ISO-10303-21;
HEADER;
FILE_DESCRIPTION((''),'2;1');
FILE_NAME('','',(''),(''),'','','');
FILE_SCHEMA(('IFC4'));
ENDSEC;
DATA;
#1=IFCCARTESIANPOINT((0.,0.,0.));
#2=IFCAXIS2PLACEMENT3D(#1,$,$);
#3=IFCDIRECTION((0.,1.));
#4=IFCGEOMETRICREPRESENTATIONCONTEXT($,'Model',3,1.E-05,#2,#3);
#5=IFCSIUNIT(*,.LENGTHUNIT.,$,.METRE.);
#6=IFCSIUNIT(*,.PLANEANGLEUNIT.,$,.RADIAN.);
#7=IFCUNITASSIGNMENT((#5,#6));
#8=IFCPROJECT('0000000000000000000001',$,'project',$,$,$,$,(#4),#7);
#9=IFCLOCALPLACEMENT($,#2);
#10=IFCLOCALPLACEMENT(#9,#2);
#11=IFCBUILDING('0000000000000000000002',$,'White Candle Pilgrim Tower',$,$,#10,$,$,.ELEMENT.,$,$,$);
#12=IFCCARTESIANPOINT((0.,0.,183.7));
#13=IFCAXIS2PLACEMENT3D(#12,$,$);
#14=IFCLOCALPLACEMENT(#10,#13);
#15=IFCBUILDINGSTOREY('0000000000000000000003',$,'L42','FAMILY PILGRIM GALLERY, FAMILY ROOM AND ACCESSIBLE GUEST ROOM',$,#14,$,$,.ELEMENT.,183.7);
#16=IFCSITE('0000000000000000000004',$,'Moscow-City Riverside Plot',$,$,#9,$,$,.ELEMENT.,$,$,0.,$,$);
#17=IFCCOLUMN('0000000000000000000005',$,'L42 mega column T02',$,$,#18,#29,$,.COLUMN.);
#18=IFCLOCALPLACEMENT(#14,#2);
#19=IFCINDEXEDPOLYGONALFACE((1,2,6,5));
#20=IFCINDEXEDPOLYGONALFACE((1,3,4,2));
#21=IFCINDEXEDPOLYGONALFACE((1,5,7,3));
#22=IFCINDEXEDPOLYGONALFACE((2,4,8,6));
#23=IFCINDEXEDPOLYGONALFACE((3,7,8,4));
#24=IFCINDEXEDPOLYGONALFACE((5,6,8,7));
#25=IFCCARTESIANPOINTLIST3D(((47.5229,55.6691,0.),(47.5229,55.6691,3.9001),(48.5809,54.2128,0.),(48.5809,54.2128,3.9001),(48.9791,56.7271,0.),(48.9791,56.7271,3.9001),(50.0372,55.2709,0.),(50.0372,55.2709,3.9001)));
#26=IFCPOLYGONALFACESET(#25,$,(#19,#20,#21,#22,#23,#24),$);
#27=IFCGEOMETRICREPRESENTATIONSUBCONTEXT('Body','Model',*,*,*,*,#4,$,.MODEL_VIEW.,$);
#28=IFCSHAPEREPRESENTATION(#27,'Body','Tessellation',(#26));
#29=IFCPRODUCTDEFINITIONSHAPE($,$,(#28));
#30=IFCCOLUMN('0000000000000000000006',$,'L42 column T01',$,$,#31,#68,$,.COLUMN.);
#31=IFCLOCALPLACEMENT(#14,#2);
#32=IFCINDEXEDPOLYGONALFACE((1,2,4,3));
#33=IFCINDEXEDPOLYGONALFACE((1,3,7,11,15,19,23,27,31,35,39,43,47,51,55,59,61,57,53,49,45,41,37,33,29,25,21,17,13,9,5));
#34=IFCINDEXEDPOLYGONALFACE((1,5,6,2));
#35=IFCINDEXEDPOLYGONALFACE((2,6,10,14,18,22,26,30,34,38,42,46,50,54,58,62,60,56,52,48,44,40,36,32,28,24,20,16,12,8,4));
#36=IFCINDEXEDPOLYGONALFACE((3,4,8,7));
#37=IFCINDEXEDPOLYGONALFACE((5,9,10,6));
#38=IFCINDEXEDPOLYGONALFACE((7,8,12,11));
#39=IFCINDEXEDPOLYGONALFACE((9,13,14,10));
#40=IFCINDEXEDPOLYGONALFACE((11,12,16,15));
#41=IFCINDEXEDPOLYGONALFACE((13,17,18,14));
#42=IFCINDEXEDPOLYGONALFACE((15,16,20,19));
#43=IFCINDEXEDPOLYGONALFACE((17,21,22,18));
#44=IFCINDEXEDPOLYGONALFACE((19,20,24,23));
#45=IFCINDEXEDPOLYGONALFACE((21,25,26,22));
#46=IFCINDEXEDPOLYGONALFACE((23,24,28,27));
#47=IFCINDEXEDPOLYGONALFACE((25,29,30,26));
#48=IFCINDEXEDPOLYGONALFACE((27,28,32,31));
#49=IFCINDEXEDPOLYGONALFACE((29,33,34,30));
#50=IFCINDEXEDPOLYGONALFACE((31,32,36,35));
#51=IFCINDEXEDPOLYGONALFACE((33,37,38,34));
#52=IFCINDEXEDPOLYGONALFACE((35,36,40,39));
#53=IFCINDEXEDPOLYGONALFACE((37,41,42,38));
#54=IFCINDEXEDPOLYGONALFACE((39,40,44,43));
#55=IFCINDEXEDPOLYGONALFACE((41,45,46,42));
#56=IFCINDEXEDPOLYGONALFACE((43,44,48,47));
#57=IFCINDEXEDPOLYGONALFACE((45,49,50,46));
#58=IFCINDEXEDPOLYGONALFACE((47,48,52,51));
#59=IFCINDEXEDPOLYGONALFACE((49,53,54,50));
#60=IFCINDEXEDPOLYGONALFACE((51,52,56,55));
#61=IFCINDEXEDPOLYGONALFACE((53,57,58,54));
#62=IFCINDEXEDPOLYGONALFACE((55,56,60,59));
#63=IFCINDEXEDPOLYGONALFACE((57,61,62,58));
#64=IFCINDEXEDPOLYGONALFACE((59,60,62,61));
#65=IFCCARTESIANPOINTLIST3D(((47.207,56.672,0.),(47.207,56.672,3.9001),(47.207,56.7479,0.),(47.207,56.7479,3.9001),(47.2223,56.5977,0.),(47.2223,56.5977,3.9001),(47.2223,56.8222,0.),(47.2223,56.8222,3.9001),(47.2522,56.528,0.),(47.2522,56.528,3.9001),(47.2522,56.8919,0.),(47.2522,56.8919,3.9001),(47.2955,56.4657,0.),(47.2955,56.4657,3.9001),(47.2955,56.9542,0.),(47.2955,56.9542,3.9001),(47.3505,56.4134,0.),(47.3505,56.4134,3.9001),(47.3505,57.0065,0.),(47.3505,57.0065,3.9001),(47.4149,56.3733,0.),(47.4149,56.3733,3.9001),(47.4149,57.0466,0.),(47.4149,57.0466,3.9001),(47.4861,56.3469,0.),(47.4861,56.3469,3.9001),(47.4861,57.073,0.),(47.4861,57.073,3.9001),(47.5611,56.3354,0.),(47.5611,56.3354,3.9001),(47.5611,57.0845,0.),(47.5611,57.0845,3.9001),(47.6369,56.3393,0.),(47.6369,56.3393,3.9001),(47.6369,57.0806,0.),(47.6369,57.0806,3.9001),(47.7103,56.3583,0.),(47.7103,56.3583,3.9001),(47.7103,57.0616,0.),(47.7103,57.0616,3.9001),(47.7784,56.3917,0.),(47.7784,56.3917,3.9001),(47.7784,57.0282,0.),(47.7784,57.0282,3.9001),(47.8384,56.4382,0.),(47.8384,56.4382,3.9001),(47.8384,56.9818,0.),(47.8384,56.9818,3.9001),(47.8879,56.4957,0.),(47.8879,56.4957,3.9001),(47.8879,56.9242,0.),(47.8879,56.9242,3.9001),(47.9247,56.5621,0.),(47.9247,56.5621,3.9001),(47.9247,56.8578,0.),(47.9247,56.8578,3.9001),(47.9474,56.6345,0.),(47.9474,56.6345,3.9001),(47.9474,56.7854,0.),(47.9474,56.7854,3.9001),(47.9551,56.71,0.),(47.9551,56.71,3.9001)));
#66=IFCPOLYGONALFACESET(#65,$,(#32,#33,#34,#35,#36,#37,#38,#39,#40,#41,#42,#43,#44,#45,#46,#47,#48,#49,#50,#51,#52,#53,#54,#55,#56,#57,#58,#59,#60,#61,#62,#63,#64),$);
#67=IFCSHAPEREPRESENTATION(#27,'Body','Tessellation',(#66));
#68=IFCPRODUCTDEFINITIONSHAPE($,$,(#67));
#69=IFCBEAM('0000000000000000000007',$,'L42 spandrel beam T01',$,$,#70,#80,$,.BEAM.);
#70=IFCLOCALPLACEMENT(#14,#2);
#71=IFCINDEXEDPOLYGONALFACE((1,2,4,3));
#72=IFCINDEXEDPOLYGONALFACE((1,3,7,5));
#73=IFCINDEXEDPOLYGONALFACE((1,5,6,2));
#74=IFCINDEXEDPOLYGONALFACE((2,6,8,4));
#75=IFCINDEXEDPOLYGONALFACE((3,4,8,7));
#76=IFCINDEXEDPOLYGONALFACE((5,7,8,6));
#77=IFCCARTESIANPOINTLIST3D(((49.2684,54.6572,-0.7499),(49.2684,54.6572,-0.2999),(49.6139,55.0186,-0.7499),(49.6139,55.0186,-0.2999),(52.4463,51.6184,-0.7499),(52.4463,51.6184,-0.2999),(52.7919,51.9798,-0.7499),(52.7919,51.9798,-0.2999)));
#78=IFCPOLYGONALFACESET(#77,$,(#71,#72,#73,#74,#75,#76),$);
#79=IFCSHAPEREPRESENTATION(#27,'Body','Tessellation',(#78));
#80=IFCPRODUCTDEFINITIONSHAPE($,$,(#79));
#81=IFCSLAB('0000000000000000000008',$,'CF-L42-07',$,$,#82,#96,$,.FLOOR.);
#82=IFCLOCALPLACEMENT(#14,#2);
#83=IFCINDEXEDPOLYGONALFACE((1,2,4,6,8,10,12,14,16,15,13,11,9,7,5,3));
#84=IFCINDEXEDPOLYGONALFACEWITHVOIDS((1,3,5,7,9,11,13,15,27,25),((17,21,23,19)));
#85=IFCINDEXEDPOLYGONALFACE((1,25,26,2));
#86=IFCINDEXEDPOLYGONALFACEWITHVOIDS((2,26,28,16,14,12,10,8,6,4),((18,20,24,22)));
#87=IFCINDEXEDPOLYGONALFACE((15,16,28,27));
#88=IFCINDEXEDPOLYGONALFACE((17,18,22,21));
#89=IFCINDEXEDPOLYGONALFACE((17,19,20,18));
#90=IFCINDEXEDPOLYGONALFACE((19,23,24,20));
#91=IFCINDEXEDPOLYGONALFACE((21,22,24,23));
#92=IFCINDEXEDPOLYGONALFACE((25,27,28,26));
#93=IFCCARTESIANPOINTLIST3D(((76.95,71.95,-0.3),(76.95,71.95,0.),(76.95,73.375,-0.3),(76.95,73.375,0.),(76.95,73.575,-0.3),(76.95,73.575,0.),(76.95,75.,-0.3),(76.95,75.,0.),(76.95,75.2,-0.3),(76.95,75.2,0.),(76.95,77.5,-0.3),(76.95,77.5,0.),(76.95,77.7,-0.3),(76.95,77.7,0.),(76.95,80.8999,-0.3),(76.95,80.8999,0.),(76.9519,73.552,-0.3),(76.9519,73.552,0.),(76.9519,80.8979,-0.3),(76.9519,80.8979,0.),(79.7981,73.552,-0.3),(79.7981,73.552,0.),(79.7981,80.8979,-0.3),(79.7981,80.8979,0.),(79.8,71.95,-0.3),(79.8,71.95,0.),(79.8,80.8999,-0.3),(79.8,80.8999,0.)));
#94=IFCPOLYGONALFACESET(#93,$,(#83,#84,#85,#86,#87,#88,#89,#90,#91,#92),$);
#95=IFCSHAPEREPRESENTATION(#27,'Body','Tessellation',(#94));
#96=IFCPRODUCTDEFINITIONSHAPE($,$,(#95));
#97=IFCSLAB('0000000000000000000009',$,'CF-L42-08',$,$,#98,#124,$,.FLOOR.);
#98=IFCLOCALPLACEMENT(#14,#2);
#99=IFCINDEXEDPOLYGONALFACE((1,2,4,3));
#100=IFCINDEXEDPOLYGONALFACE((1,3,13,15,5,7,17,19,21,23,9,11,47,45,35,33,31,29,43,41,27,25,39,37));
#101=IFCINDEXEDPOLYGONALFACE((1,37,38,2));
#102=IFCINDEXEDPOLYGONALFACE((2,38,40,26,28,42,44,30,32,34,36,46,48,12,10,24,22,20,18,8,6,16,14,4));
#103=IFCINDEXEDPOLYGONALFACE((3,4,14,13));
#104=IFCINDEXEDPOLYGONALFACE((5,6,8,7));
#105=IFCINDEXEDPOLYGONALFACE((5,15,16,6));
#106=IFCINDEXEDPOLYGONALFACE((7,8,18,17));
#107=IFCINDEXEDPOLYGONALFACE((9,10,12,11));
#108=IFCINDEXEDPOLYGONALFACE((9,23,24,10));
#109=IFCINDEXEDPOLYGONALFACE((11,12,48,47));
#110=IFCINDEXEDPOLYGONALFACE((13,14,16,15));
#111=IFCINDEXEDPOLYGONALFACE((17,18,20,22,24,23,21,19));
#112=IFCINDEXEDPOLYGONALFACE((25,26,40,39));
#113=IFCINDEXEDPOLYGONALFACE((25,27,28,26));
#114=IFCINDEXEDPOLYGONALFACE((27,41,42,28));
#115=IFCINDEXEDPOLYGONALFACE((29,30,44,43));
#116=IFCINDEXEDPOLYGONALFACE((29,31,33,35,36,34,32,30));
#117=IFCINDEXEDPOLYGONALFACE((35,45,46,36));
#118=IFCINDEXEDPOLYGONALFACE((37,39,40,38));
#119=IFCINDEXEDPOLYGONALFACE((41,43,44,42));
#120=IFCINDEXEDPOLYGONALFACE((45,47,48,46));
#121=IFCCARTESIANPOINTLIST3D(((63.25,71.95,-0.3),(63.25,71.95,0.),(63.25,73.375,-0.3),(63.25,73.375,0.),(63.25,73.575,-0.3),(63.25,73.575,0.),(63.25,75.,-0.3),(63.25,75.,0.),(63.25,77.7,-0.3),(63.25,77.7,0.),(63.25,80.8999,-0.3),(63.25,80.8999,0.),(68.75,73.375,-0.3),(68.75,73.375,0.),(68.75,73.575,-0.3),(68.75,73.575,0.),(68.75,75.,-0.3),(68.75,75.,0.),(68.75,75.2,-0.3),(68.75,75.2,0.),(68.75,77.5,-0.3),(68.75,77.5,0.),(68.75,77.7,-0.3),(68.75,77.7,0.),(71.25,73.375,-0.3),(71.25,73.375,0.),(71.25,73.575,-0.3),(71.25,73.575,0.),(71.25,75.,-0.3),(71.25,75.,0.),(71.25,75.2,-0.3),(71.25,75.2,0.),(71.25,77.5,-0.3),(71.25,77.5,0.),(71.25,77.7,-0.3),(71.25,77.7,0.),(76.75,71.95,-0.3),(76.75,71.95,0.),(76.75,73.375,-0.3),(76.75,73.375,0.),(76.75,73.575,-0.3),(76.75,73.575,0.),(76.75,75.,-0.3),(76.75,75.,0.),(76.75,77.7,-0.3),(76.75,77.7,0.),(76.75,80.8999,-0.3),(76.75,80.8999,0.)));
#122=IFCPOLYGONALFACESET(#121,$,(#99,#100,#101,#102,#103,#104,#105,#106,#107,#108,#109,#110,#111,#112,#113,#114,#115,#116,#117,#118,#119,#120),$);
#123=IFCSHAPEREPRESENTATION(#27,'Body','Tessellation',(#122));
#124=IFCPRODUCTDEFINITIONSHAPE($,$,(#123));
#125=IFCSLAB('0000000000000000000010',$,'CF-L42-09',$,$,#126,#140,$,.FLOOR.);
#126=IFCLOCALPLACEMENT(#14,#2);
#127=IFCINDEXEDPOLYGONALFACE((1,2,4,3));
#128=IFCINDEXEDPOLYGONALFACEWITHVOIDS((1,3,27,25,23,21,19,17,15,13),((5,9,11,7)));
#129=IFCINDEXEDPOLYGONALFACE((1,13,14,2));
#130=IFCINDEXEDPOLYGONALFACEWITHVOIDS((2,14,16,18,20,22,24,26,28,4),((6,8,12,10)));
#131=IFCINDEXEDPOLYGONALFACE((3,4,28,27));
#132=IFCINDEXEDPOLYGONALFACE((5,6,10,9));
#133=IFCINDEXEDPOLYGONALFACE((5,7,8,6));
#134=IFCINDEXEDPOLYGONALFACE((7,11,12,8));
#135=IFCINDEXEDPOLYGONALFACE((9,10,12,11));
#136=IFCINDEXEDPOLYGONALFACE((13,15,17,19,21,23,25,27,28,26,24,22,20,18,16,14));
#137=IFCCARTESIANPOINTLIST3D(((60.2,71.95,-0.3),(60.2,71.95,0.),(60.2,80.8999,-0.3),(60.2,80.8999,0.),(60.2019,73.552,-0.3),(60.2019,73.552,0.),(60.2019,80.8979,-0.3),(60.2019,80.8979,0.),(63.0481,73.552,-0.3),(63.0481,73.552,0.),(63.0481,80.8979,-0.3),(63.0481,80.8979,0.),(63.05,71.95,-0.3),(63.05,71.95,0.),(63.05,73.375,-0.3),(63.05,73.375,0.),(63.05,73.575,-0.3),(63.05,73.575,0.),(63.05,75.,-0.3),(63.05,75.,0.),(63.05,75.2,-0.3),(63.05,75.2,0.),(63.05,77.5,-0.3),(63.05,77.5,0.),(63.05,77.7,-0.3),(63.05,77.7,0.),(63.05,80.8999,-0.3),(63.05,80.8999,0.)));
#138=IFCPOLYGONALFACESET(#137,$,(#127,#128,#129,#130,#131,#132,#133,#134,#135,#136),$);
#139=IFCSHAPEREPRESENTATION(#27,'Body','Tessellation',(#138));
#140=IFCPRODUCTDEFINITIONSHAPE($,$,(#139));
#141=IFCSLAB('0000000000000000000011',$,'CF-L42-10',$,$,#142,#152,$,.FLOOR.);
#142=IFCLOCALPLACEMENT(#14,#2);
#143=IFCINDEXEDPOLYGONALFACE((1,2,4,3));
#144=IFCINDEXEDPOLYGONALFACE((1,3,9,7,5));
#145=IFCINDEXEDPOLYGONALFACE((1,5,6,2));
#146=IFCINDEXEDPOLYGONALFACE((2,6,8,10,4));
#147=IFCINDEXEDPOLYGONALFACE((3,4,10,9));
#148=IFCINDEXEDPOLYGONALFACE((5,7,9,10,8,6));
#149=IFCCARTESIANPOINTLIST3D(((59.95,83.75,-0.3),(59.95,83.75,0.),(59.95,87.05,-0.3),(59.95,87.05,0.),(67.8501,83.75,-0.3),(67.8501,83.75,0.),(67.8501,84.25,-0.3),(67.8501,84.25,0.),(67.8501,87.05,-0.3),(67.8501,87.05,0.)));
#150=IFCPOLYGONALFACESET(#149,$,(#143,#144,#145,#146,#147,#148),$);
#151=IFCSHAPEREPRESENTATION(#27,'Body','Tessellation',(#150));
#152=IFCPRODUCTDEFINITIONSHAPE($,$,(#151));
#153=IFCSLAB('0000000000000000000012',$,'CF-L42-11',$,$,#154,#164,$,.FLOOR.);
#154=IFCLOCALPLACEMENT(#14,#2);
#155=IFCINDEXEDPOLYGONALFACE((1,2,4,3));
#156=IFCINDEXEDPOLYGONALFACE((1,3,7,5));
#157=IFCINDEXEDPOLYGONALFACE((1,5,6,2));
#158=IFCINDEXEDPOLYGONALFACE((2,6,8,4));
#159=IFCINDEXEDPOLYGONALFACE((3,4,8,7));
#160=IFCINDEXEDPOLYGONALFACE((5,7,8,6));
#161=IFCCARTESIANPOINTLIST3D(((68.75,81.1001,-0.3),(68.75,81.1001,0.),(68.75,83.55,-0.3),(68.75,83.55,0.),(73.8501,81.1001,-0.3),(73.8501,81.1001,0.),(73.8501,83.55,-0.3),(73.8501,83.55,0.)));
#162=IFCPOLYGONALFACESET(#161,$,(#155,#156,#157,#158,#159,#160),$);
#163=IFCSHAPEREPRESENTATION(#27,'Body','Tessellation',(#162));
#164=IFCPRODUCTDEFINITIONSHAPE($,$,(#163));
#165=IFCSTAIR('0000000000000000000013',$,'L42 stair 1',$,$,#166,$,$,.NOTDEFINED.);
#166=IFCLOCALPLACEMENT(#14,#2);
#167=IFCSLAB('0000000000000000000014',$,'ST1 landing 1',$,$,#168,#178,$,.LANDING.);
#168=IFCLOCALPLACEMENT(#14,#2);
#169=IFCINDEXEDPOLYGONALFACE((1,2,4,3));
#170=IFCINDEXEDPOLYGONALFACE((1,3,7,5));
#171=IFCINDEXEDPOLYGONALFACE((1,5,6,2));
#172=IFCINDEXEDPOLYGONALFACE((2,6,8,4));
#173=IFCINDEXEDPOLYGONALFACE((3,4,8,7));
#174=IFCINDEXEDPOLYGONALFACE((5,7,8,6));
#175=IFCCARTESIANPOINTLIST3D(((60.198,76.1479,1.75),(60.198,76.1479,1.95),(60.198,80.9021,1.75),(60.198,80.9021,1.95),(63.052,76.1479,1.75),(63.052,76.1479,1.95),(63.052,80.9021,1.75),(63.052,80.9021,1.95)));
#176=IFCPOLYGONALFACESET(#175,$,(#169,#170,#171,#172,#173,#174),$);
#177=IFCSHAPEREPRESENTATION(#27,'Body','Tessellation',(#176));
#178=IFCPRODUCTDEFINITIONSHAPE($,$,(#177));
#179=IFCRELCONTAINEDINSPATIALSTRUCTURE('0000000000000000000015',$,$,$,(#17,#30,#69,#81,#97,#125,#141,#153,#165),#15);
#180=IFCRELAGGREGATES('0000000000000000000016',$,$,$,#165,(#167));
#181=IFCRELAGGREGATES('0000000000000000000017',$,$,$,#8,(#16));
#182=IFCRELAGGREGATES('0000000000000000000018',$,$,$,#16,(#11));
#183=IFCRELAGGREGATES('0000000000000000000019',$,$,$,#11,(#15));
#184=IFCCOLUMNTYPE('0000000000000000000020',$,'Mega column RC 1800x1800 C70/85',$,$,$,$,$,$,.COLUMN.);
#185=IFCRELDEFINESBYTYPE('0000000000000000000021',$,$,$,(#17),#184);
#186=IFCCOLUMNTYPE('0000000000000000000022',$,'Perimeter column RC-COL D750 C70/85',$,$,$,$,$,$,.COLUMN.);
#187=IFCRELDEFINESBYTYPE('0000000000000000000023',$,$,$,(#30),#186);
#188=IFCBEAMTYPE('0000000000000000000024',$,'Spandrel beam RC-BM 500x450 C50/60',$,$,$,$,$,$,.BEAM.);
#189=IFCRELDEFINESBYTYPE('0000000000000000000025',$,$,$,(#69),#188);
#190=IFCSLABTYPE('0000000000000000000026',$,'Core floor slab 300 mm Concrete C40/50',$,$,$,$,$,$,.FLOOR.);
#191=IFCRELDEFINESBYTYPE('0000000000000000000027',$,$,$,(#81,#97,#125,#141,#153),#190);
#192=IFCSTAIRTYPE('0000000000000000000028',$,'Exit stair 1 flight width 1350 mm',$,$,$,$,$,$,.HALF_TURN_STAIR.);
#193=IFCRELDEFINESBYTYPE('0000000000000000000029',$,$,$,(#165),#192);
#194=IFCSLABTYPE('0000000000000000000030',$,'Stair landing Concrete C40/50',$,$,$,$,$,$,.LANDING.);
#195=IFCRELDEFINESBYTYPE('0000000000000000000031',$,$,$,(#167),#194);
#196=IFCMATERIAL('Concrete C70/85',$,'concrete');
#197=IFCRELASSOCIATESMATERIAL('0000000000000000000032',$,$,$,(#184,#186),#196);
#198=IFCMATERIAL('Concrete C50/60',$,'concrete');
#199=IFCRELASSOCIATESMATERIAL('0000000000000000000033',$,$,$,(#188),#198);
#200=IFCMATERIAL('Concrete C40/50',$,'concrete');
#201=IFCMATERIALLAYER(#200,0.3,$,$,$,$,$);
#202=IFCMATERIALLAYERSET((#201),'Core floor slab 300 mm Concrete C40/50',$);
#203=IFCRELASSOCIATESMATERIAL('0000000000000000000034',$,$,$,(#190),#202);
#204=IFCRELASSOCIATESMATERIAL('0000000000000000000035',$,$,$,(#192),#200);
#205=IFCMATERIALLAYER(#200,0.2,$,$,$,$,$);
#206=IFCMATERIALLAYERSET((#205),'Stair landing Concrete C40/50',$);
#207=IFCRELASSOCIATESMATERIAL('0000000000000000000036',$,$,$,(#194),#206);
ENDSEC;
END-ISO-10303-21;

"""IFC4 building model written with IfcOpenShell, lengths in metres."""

from ifc_helpers import new_model, si_unit, direction, frame, origin, origin_2d, place, context, subcontext, project, spatial, polyline, rectangle, circle, outline, extrude, material, layer, layer_set, material_profile, profile_set, type_object, element, aggregate, save


model = new_model("IFC4")

# Units and contexts
model_context = context("Model", 3, precision=1e-05, world=origin(), true_north=direction((0.0, 1.0)))
body_context = subcontext(model_context, "Body", "Model", "MODEL_VIEW")
ifc_project = project(units=[si_unit("LENGTHUNIT", "METRE"), si_unit("PLANEANGLEUNIT", "RADIAN")], contexts=[model_context])

# Site, building, storey
site_placement = place(None, origin())
site = spatial("IfcSite", under=ifc_project, at=site_placement, Name="Moscow-City Riverside Plot", CompositionType="ELEMENT", RefElevation=0.0)
building_placement = place(site_placement, origin())
building = spatial("IfcBuilding", under=site, at=building_placement, Name="White Candle Pilgrim Tower", CompositionType="ELEMENT")
storey_placement = place(building_placement, frame((0.0, 0.0, 183.7)))
storey = spatial("IfcBuildingStorey", under=building, at=storey_placement, Name="L42", Description="FAMILY PILGRIM GALLERY, FAMILY ROOM AND ACCESSIBLE GUEST ROOM", CompositionType="ELEMENT", Elevation=183.7)

# Columns
ifc_material_1 = material(Name="Concrete C70/85", Category="concrete")
ifc_material_profile_1 = material_profile(ifc_material_1, rectangle(XDim=1.8, YDim=1.8, at=origin_2d()), Name="RC 1800x1800")
ifc_profile_set_1 = profile_set([ifc_material_profile_1], Name="Concrete C70/85")
column_type_1 = type_object("IfcColumnType", Name="Mega column RC 1800x1800 C70/85", PredefinedType="COLUMN", material=ifc_profile_set_1)
column_1_placement = place(storey_placement, frame((48.78, 55.47, 0.0), z_axis=(0.0, 0.0, 1.0), x_axis=(-0.809017, -0.587785, 0.0)))
element("IfcColumn", 1, at=column_1_placement, inside=storey, type_object=column_type_1, Name="L42 mega column T02", PredefinedType="COLUMN", context=body_context, shape_type="SweptSolid", body=[
    extrude(rectangle(XDim=1.8, YDim=1.8, at=origin_2d()), origin(), (0.0, 0.0, 1.0), 3.9001),
])
ifc_material_profile_2 = material_profile(ifc_material_1, circle(Radius=0.375, at=origin_2d()), Name="RC-COL D750")
ifc_profile_set_2 = profile_set([ifc_material_profile_2], Name="Concrete C70/85")
column_type_2 = type_object("IfcColumnType", Name="Perimeter column RC-COL D750 C70/85", PredefinedType="COLUMN", material=ifc_profile_set_2)
column_2_placement = place(storey_placement, frame((47.5801, 56.71, 0.0), z_axis=(0.0, 0.0, 1.0), x_axis=(1.0, 0.0, 0.0)))
element("IfcColumn", 2, at=column_2_placement, inside=storey, type_object=column_type_2, Name="L42 column T01", PredefinedType="COLUMN", context=body_context, shape_type="SweptSolid", body=[
    extrude(circle(Radius=0.375, at=origin_2d()), origin(), (0.0, 0.0, 1.0), 3.9001),
])

# Beam
ifc_material_2 = material(Name="Concrete C50/60", Category="concrete")
ifc_material_profile_3 = material_profile(ifc_material_2, rectangle(XDim=0.5, YDim=0.45, at=origin_2d()), Name="RC-BM 500x450")
ifc_profile_set_3 = profile_set([ifc_material_profile_3], Name="Concrete C50/60")
beam_type = type_object("IfcBeamType", Name="Spandrel beam RC-BM 500x450 C50/60", PredefinedType="BEAM", material=ifc_profile_set_3)
beam_placement = place(storey_placement, frame((49.4412, 54.8379, -0.5249), z_axis=(0.722754, -0.691105, 0.0), x_axis=(0.691105, 0.722754, 0.0)))
element("IfcBeam", 3, at=beam_placement, inside=storey, type_object=beam_type, Name="L42 spandrel beam T01", PredefinedType="BEAM", context=body_context, shape_type="SweptSolid", body=[
    extrude(rectangle(XDim=0.5, YDim=0.45, at=origin_2d()), origin(), (0.0, 0.0, 1.0), 4.397),
])

# Slabs
ifc_material_3 = material(Name="Concrete C40/50", Category="concrete")
ifc_layer_1 = layer(ifc_material_3, 0.3)
ifc_layer_set_1 = layer_set([ifc_layer_1], Name="Core floor slab 300 mm Concrete C40/50")
slab_type_1 = type_object("IfcSlabType", Name="Core floor slab 300 mm Concrete C40/50", PredefinedType="FLOOR", material=ifc_layer_set_1)
slab_1_placement = place(storey_placement, frame((0.0, 0.0, -0.3)))
element("IfcSlab", 4, at=slab_1_placement, inside=storey, type_object=slab_type_1, Name="CF-L42-07", PredefinedType="FLOOR", context=body_context, shape_type="SweptSolid", body=[
    extrude(outline(polyline([(76.95, 71.95), (76.95, 73.375), (76.95, 73.575), (76.95, 75.0), (76.95, 75.2), (76.95, 77.5), (76.95, 77.7), (76.95, 80.8999), (79.8, 80.8999), (79.8, 71.95), (76.95, 71.95)]), holes=[polyline([(76.9519, 73.552), (79.7981, 73.552), (79.7981, 80.8979), (76.9519, 80.8979), (76.9519, 73.552)])]), origin(), (0.0, 0.0, 1.0), 0.3),
])
slab_2_placement = place(storey_placement, frame((0.0, 0.0, -0.3)))
element("IfcSlab", 5, at=slab_2_placement, inside=storey, type_object=slab_type_1, Name="CF-L42-08", PredefinedType="FLOOR", context=body_context, shape_type="SweptSolid", body=[
    extrude(outline(polyline([(63.25, 71.95), (63.25, 73.375), (68.75, 73.375), (68.75, 73.575), (63.25, 73.575), (63.25, 75.0), (68.75, 75.0), (68.75, 75.2), (68.75, 77.5), (68.75, 77.7), (63.25, 77.7), (63.25, 80.8999), (76.75, 80.8999), (76.75, 77.7), (71.25, 77.7), (71.25, 77.5), (71.25, 75.2), (71.25, 75.0), (76.75, 75.0), (76.75, 73.575), (71.25, 73.575), (71.25, 73.375), (76.75, 73.375), (76.75, 71.95), (63.25, 71.95)])), origin(), (0.0, 0.0, 1.0), 0.3),
])
slab_3_placement = place(storey_placement, frame((0.0, 0.0, -0.3)))
element("IfcSlab", 6, at=slab_3_placement, inside=storey, type_object=slab_type_1, Name="CF-L42-09", PredefinedType="FLOOR", context=body_context, shape_type="SweptSolid", body=[
    extrude(outline(polyline([(60.2, 71.95), (60.2, 80.8999), (63.05, 80.8999), (63.05, 77.7), (63.05, 77.5), (63.05, 75.2), (63.05, 75.0), (63.05, 73.575), (63.05, 73.375), (63.05, 71.95), (60.2, 71.95)]), holes=[polyline([(60.2019, 73.552), (63.0481, 73.552), (63.0481, 80.8979), (60.2019, 80.8979), (60.2019, 73.552)])]), origin(), (0.0, 0.0, 1.0), 0.3),
])
slab_4_placement = place(storey_placement, frame((0.0, 0.0, -0.3)))
element("IfcSlab", 7, at=slab_4_placement, inside=storey, type_object=slab_type_1, Name="CF-L42-10", PredefinedType="FLOOR", context=body_context, shape_type="SweptSolid", body=[
    extrude(outline(polyline([(59.95, 87.05), (67.8501, 87.05), (67.8501, 84.25), (67.8501, 83.75), (59.95, 83.75), (59.95, 87.05)])), origin(), (0.0, 0.0, 1.0), 0.3),
])
slab_5_placement = place(storey_placement, frame((0.0, 0.0, -0.3)))
element("IfcSlab", 8, at=slab_5_placement, inside=storey, type_object=slab_type_1, Name="CF-L42-11", PredefinedType="FLOOR", context=body_context, shape_type="SweptSolid", body=[
    extrude(outline(polyline([(73.8501, 83.55), (73.8501, 81.1001), (68.75, 81.1001), (68.75, 83.55), (73.8501, 83.55)])), origin(), (0.0, 0.0, 1.0), 0.3),
])

# Stair, slab
stair_type_1 = type_object("IfcStairType", Name="Exit stair 1 flight width 1350 mm", PredefinedType="HALF_TURN_STAIR", material=ifc_material_3)
stair_1_placement = place(storey_placement, origin())
stair_1 = element("IfcStair", 9, at=stair_1_placement, inside=storey, type_object=stair_type_1, Name="L42 stair 1", PredefinedType="NOTDEFINED")
ifc_layer_2 = layer(ifc_material_3, 0.2)
ifc_layer_set_2 = layer_set([ifc_layer_2], Name="Stair landing Concrete C40/50")
slab_type_2 = type_object("IfcSlabType", Name="Stair landing Concrete C40/50", PredefinedType="LANDING", material=ifc_layer_set_2)
slab_6_placement = place(storey_placement, frame((0.0, 0.0, 1.75)))
slab_6 = element("IfcSlab", 10, at=slab_6_placement, type_object=slab_type_2, Name="ST1 landing 1", PredefinedType="LANDING", context=body_context, shape_type="SweptSolid", body=[
    extrude(outline(polyline([(63.052, 76.1479), (60.198, 76.1479), (60.198, 80.9021), (63.052, 80.9021), (63.052, 76.1479)])), origin(), (0.0, 0.0, 1.0), 0.2),
])
aggregate(stair_1, [slab_6])

save(model, "model.ifc")
